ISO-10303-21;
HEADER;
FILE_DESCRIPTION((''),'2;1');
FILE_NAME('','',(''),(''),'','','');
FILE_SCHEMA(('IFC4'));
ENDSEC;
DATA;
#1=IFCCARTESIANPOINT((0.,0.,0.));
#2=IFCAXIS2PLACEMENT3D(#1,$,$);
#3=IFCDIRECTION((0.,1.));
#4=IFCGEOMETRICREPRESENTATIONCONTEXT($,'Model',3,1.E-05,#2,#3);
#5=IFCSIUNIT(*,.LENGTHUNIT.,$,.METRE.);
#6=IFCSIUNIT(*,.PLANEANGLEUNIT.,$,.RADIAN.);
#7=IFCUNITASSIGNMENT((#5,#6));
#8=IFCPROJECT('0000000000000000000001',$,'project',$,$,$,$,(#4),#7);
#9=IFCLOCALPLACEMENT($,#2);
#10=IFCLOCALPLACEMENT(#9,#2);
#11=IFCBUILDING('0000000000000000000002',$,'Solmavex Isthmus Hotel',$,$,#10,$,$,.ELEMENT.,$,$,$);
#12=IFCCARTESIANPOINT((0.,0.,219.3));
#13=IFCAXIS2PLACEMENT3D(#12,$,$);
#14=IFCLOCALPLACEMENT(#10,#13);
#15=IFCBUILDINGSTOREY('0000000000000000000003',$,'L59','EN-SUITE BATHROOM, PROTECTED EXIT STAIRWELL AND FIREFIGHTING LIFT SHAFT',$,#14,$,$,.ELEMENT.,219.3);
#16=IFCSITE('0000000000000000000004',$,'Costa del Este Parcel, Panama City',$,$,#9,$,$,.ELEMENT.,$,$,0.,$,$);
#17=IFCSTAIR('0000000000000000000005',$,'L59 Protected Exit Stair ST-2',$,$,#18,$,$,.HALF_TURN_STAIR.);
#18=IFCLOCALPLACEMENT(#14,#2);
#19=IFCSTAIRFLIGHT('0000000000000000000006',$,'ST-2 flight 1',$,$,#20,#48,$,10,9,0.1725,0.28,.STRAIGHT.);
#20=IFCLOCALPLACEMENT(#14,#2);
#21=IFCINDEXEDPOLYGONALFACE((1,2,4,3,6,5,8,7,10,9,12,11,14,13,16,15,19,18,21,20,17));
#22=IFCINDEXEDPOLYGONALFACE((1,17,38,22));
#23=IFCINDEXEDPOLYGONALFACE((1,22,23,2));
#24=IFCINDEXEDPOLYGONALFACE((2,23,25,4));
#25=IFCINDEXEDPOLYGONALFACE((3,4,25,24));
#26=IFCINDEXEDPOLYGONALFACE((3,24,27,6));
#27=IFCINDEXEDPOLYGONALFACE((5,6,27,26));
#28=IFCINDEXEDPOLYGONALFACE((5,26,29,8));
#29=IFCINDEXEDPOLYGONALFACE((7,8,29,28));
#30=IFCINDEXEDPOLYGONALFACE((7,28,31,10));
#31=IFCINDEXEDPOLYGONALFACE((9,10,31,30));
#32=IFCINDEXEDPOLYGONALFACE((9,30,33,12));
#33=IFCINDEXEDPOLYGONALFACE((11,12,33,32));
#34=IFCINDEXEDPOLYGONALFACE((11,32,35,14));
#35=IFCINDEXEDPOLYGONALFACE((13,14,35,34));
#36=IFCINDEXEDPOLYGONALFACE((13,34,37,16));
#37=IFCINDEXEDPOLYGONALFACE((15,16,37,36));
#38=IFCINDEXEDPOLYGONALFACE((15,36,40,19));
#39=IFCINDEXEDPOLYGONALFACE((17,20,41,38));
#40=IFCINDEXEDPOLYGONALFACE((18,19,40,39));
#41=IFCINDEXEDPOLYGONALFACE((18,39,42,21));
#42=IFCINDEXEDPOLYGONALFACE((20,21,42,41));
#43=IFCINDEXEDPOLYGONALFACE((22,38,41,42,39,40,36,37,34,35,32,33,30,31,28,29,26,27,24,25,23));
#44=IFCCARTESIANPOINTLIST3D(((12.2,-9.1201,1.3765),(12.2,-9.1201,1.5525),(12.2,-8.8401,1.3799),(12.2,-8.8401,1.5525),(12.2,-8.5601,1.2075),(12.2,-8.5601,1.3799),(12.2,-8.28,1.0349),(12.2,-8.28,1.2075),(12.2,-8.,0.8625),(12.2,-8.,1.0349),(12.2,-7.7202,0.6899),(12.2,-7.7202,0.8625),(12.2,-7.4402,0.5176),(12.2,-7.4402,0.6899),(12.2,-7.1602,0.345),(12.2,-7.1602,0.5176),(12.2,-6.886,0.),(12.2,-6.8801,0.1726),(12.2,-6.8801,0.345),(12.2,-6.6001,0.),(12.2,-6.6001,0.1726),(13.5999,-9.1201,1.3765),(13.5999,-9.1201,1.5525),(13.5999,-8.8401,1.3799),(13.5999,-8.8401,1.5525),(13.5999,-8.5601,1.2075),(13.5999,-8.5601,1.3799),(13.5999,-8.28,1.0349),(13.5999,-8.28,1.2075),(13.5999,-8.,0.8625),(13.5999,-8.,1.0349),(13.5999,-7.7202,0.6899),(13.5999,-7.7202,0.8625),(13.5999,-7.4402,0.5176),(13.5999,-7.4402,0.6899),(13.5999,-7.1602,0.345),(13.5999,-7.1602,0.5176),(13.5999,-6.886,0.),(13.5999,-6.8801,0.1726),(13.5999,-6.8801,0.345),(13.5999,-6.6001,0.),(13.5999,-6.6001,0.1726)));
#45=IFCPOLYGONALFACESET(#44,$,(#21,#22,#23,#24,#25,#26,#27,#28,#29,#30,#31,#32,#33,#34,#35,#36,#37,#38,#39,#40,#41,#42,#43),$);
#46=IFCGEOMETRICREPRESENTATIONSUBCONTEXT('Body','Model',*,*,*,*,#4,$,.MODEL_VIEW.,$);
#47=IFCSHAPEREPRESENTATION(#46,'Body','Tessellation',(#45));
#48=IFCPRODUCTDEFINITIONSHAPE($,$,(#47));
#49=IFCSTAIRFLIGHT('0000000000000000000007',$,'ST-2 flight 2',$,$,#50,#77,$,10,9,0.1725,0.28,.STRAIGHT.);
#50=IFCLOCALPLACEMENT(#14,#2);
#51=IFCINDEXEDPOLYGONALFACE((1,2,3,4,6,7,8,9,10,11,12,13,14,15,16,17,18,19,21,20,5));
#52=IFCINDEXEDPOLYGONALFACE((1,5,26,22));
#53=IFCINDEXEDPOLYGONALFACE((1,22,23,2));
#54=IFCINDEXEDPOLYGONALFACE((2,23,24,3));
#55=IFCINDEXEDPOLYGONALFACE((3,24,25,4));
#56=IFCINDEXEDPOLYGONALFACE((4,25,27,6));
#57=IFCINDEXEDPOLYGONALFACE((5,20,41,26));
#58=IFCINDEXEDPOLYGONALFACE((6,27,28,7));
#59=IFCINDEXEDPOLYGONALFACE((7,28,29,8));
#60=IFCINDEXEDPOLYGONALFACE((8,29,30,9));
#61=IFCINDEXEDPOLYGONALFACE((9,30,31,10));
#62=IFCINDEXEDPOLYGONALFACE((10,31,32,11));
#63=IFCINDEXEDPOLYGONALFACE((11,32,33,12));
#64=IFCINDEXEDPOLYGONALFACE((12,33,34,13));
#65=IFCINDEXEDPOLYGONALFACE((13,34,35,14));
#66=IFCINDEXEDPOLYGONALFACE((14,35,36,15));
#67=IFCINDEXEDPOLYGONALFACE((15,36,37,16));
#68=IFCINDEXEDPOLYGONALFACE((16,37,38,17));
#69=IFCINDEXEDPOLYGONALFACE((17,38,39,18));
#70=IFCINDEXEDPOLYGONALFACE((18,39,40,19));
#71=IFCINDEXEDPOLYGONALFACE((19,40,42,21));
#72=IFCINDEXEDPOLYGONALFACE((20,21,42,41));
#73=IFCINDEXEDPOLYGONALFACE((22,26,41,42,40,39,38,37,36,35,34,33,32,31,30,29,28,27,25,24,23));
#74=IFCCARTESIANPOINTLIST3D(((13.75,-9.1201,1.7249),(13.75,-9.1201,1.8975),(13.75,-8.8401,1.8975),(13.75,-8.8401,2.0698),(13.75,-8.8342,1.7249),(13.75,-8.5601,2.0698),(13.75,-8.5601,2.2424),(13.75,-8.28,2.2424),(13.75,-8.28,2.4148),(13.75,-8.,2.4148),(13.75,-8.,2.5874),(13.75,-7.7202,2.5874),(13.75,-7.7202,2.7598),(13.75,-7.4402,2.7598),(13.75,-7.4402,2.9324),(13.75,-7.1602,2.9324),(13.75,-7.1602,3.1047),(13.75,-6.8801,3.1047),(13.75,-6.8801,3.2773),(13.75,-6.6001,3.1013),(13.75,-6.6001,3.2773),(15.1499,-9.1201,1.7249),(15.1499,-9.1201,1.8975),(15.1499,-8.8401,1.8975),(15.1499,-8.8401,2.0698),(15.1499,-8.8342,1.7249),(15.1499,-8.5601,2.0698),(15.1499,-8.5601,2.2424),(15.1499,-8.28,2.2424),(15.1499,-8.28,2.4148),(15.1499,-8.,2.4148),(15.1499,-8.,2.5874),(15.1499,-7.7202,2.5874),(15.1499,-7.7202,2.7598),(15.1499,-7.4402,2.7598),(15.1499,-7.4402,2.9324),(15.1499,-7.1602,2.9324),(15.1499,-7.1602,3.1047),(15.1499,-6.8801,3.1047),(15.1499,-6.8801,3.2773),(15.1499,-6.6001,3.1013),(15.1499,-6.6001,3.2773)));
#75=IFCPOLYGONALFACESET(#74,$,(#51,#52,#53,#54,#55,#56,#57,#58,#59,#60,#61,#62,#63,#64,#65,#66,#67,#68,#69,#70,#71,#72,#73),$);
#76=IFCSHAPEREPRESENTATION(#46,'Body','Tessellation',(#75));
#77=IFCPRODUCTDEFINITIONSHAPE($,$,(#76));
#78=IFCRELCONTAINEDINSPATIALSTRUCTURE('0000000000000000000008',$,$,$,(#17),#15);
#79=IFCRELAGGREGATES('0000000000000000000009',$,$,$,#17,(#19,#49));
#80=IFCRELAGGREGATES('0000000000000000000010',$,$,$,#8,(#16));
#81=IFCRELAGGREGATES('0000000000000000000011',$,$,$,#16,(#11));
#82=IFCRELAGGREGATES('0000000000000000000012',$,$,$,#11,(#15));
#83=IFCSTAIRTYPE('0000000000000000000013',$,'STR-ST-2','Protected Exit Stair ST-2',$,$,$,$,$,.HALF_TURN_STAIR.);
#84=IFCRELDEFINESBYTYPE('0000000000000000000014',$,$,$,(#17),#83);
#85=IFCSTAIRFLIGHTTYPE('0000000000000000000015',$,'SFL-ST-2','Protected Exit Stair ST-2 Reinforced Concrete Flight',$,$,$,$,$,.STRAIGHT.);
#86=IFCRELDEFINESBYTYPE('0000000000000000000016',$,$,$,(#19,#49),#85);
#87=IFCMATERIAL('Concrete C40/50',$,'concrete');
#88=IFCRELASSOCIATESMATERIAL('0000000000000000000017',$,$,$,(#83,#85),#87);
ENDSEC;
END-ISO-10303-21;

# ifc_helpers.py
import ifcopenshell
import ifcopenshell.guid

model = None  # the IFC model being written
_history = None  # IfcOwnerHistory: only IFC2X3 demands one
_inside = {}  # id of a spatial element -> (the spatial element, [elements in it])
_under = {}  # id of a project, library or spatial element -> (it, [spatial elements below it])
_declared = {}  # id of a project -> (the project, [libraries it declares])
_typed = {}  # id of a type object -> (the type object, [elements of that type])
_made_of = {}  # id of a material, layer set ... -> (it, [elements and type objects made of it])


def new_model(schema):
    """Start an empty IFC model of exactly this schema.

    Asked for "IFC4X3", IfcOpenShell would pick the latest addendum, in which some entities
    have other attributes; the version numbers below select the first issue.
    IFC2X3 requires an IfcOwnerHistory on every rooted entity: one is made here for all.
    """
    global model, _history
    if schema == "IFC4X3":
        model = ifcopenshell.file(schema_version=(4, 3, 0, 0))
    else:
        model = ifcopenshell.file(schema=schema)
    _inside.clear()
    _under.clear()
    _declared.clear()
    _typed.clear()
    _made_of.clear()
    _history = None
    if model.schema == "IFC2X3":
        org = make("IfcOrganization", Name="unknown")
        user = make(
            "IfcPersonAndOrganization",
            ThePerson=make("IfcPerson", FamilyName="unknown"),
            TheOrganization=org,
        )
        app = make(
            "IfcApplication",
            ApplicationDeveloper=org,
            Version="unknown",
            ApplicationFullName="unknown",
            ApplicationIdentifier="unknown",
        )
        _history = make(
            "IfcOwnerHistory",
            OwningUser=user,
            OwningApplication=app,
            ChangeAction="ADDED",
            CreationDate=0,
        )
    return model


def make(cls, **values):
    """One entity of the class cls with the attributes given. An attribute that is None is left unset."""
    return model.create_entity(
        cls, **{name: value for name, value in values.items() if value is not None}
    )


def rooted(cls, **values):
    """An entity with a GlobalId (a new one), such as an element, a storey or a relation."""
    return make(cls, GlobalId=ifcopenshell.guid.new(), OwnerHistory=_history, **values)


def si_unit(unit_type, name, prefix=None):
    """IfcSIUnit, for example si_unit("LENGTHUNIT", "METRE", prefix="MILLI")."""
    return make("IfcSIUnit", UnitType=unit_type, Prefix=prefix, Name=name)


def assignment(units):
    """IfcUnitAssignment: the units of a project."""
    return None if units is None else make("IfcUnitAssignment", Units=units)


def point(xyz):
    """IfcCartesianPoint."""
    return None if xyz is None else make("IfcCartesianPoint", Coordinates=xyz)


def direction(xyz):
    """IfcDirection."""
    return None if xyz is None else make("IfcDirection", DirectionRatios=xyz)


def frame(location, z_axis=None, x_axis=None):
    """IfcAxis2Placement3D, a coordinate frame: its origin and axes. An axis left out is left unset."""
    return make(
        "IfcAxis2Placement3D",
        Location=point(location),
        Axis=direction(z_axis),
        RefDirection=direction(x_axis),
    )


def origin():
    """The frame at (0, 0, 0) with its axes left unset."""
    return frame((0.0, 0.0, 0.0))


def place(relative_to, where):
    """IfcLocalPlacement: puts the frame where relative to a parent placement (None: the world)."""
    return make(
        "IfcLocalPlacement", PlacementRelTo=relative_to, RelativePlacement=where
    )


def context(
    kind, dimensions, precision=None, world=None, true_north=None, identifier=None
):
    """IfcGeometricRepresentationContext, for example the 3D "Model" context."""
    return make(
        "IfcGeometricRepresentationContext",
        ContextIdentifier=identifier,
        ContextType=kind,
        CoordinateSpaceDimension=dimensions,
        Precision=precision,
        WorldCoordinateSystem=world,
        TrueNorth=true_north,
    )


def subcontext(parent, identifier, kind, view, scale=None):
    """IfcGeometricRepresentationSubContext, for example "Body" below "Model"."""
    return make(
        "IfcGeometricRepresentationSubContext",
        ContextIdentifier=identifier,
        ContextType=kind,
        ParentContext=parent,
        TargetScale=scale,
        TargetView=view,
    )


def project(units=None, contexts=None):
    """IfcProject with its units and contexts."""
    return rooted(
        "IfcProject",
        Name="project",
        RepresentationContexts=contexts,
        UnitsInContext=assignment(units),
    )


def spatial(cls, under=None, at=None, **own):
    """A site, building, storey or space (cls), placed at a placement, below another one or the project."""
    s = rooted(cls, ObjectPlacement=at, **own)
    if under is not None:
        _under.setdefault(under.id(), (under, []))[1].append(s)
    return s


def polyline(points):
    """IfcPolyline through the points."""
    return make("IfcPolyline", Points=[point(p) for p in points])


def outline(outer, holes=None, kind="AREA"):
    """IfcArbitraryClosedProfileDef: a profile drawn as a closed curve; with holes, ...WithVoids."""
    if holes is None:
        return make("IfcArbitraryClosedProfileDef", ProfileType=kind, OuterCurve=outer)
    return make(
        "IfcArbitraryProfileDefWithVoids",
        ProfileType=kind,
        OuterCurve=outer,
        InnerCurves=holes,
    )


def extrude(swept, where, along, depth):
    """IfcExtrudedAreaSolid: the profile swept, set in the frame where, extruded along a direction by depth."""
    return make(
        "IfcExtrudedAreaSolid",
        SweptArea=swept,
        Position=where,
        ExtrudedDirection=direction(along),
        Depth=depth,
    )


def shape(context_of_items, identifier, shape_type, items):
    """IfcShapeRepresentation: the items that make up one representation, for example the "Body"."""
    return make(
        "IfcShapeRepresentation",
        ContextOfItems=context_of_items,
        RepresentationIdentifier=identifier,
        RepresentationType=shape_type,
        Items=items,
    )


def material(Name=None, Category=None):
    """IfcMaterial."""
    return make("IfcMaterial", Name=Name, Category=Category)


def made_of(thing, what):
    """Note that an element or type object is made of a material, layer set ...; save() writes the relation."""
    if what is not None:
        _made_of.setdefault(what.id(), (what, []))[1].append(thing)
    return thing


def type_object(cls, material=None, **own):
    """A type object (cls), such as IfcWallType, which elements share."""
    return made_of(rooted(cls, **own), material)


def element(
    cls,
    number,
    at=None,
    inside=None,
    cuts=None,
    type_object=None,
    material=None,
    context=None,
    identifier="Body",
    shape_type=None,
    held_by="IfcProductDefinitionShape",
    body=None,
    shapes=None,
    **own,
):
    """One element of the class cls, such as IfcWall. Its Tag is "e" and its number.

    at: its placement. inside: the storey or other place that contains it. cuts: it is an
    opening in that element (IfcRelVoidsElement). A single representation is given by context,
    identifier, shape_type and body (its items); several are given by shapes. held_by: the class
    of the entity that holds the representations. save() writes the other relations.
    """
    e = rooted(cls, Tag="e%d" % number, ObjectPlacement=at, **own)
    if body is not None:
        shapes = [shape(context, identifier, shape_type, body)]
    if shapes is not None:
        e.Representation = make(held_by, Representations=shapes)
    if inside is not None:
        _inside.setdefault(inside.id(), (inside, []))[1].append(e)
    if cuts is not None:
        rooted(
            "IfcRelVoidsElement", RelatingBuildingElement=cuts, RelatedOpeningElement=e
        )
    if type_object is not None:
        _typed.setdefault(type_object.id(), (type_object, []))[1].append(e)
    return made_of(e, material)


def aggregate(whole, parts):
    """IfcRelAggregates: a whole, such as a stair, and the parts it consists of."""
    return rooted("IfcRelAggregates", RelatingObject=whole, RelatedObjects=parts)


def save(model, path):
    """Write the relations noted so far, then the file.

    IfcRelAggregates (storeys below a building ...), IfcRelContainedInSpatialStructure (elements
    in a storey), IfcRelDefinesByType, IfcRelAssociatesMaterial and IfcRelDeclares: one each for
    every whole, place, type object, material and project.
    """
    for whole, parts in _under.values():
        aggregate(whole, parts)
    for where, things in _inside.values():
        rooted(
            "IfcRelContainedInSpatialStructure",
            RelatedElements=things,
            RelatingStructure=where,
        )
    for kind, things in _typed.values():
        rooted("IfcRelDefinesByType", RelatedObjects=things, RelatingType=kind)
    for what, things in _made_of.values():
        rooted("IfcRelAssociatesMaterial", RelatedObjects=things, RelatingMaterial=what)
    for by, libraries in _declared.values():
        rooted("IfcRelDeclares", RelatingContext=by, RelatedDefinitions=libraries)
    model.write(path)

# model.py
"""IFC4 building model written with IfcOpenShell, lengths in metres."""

from ifc_helpers import new_model, si_unit, direction, frame, origin, place, context, subcontext, project, spatial, polyline, outline, extrude, material, type_object, element, aggregate, save


model = new_model("IFC4")

# Units and contexts
model_context = context("Model", 3, precision=1e-05, world=origin(), true_north=direction((0.0, 1.0)))
body_context = subcontext(model_context, "Body", "Model", "MODEL_VIEW")
ifc_project = project(units=[si_unit("LENGTHUNIT", "METRE"), si_unit("PLANEANGLEUNIT", "RADIAN")], contexts=[model_context])

# Site, building, storey
site_placement = place(None, origin())
site = spatial("IfcSite", under=ifc_project, at=site_placement, Name="Costa del Este Parcel, Panama City", CompositionType="ELEMENT", RefElevation=0.0)
building_placement = place(site_placement, origin())
building = spatial("IfcBuilding", under=site, at=building_placement, Name="Solmavex Isthmus Hotel", CompositionType="ELEMENT")
storey_placement = place(building_placement, frame((0.0, 0.0, 219.3)))
storey = spatial("IfcBuildingStorey", under=building, at=storey_placement, Name="L59", Description="EN-SUITE BATHROOM, PROTECTED EXIT STAIRWELL AND FIREFIGHTING LIFT SHAFT", CompositionType="ELEMENT", Elevation=219.3)

# Shared definitions
ifc_material_1 = material(Name="Concrete C40/50", Category="concrete")

# Stair, stair flights
stair_type = type_object("IfcStairType", Name="STR-ST-2", Description="Protected Exit Stair ST-2", PredefinedType="HALF_TURN_STAIR", material=ifc_material_1)
stair_placement = place(storey_placement, origin())
stair = element("IfcStair", 1, at=stair_placement, inside=storey, type_object=stair_type, Name="L59 Protected Exit Stair ST-2", PredefinedType="HALF_TURN_STAIR")
stair_flight_type = type_object("IfcStairFlightType", Name="SFL-ST-2", Description="Protected Exit Stair ST-2 Reinforced Concrete Flight", PredefinedType="STRAIGHT", material=ifc_material_1)
stair_flight_1_placement = place(storey_placement, frame((12.8999, -6.6001, 0.0), z_axis=(0.0, 0.0, 1.0), x_axis=(0.0, -1.0, 0.0)))
stair_flight_1 = element("IfcStairFlight", 2, at=stair_flight_1_placement, type_object=stair_flight_type, Name="ST-2 flight 1", NumberOfRisers=10, NumberOfTreads=9, PredefinedType="STRAIGHT", RiserHeight=0.1725, TreadLength=0.28, context=body_context, shape_type="SweptSolid", body=[
    extrude(outline(polyline([(0.0, 0.0), (0.0, 0.1726), (0.28, 0.1726), (0.28, 0.345), (0.5601, 0.345), (0.5601, 0.5176), (0.8401, 0.5176), (0.8401, 0.6899), (1.1201, 0.6899), (1.1201, 0.8625), (1.3999, 0.8625), (1.3999, 1.0349), (1.6799, 1.0349), (1.6799, 1.2075), (1.96, 1.2075), (1.96, 1.3799), (2.24, 1.3799), (2.24, 1.5525), (2.52, 1.5525), (2.52, 1.7251), (2.52, 1.3765), (0.2859, 0.0), (0.0, 0.0)])), frame((0.0, 0.7, 0.0), z_axis=(0.0, -1.0, 0.0), x_axis=(1.0, 0.0, 0.0)), (0.0, 0.0, 1.0), 1.3999),
])
stair_flight_2_placement = place(storey_placement, frame((14.45, -9.1201, 1.7249), z_axis=(0.0, 0.0, 1.0), x_axis=(0.0, 1.0, 0.0)))
stair_flight_2 = element("IfcStairFlight", 3, at=stair_flight_2_placement, type_object=stair_flight_type, Name="ST-2 flight 2", NumberOfRisers=10, NumberOfTreads=9, PredefinedType="STRAIGHT", RiserHeight=0.1725, TreadLength=0.28, context=body_context, shape_type="SweptSolid", body=[
    extrude(outline(polyline([(0.0, 0.0), (0.0, 0.1726), (0.28, 0.1726), (0.28, 0.345), (0.5601, 0.345), (0.5601, 0.5176), (0.8401, 0.5176), (0.8401, 0.6899), (1.1201, 0.6899), (1.1201, 0.8625), (1.3999, 0.8625), (1.3999, 1.0349), (1.6799, 1.0349), (1.6799, 1.2075), (1.96, 1.2075), (1.96, 1.3799), (2.24, 1.3799), (2.24, 1.5525), (2.52, 1.5525), (2.52, 1.7251), (2.52, 1.3765), (0.2859, 0.0), (0.0, 0.0)])), frame((0.0, 0.7, 0.0), z_axis=(0.0, -1.0, 0.0), x_axis=(1.0, 0.0, 0.0)), (0.0, 0.0, 1.0), 1.3999),
])
aggregate(stair, [stair_flight_1, stair_flight_2])

save(model, "model.ifc")
